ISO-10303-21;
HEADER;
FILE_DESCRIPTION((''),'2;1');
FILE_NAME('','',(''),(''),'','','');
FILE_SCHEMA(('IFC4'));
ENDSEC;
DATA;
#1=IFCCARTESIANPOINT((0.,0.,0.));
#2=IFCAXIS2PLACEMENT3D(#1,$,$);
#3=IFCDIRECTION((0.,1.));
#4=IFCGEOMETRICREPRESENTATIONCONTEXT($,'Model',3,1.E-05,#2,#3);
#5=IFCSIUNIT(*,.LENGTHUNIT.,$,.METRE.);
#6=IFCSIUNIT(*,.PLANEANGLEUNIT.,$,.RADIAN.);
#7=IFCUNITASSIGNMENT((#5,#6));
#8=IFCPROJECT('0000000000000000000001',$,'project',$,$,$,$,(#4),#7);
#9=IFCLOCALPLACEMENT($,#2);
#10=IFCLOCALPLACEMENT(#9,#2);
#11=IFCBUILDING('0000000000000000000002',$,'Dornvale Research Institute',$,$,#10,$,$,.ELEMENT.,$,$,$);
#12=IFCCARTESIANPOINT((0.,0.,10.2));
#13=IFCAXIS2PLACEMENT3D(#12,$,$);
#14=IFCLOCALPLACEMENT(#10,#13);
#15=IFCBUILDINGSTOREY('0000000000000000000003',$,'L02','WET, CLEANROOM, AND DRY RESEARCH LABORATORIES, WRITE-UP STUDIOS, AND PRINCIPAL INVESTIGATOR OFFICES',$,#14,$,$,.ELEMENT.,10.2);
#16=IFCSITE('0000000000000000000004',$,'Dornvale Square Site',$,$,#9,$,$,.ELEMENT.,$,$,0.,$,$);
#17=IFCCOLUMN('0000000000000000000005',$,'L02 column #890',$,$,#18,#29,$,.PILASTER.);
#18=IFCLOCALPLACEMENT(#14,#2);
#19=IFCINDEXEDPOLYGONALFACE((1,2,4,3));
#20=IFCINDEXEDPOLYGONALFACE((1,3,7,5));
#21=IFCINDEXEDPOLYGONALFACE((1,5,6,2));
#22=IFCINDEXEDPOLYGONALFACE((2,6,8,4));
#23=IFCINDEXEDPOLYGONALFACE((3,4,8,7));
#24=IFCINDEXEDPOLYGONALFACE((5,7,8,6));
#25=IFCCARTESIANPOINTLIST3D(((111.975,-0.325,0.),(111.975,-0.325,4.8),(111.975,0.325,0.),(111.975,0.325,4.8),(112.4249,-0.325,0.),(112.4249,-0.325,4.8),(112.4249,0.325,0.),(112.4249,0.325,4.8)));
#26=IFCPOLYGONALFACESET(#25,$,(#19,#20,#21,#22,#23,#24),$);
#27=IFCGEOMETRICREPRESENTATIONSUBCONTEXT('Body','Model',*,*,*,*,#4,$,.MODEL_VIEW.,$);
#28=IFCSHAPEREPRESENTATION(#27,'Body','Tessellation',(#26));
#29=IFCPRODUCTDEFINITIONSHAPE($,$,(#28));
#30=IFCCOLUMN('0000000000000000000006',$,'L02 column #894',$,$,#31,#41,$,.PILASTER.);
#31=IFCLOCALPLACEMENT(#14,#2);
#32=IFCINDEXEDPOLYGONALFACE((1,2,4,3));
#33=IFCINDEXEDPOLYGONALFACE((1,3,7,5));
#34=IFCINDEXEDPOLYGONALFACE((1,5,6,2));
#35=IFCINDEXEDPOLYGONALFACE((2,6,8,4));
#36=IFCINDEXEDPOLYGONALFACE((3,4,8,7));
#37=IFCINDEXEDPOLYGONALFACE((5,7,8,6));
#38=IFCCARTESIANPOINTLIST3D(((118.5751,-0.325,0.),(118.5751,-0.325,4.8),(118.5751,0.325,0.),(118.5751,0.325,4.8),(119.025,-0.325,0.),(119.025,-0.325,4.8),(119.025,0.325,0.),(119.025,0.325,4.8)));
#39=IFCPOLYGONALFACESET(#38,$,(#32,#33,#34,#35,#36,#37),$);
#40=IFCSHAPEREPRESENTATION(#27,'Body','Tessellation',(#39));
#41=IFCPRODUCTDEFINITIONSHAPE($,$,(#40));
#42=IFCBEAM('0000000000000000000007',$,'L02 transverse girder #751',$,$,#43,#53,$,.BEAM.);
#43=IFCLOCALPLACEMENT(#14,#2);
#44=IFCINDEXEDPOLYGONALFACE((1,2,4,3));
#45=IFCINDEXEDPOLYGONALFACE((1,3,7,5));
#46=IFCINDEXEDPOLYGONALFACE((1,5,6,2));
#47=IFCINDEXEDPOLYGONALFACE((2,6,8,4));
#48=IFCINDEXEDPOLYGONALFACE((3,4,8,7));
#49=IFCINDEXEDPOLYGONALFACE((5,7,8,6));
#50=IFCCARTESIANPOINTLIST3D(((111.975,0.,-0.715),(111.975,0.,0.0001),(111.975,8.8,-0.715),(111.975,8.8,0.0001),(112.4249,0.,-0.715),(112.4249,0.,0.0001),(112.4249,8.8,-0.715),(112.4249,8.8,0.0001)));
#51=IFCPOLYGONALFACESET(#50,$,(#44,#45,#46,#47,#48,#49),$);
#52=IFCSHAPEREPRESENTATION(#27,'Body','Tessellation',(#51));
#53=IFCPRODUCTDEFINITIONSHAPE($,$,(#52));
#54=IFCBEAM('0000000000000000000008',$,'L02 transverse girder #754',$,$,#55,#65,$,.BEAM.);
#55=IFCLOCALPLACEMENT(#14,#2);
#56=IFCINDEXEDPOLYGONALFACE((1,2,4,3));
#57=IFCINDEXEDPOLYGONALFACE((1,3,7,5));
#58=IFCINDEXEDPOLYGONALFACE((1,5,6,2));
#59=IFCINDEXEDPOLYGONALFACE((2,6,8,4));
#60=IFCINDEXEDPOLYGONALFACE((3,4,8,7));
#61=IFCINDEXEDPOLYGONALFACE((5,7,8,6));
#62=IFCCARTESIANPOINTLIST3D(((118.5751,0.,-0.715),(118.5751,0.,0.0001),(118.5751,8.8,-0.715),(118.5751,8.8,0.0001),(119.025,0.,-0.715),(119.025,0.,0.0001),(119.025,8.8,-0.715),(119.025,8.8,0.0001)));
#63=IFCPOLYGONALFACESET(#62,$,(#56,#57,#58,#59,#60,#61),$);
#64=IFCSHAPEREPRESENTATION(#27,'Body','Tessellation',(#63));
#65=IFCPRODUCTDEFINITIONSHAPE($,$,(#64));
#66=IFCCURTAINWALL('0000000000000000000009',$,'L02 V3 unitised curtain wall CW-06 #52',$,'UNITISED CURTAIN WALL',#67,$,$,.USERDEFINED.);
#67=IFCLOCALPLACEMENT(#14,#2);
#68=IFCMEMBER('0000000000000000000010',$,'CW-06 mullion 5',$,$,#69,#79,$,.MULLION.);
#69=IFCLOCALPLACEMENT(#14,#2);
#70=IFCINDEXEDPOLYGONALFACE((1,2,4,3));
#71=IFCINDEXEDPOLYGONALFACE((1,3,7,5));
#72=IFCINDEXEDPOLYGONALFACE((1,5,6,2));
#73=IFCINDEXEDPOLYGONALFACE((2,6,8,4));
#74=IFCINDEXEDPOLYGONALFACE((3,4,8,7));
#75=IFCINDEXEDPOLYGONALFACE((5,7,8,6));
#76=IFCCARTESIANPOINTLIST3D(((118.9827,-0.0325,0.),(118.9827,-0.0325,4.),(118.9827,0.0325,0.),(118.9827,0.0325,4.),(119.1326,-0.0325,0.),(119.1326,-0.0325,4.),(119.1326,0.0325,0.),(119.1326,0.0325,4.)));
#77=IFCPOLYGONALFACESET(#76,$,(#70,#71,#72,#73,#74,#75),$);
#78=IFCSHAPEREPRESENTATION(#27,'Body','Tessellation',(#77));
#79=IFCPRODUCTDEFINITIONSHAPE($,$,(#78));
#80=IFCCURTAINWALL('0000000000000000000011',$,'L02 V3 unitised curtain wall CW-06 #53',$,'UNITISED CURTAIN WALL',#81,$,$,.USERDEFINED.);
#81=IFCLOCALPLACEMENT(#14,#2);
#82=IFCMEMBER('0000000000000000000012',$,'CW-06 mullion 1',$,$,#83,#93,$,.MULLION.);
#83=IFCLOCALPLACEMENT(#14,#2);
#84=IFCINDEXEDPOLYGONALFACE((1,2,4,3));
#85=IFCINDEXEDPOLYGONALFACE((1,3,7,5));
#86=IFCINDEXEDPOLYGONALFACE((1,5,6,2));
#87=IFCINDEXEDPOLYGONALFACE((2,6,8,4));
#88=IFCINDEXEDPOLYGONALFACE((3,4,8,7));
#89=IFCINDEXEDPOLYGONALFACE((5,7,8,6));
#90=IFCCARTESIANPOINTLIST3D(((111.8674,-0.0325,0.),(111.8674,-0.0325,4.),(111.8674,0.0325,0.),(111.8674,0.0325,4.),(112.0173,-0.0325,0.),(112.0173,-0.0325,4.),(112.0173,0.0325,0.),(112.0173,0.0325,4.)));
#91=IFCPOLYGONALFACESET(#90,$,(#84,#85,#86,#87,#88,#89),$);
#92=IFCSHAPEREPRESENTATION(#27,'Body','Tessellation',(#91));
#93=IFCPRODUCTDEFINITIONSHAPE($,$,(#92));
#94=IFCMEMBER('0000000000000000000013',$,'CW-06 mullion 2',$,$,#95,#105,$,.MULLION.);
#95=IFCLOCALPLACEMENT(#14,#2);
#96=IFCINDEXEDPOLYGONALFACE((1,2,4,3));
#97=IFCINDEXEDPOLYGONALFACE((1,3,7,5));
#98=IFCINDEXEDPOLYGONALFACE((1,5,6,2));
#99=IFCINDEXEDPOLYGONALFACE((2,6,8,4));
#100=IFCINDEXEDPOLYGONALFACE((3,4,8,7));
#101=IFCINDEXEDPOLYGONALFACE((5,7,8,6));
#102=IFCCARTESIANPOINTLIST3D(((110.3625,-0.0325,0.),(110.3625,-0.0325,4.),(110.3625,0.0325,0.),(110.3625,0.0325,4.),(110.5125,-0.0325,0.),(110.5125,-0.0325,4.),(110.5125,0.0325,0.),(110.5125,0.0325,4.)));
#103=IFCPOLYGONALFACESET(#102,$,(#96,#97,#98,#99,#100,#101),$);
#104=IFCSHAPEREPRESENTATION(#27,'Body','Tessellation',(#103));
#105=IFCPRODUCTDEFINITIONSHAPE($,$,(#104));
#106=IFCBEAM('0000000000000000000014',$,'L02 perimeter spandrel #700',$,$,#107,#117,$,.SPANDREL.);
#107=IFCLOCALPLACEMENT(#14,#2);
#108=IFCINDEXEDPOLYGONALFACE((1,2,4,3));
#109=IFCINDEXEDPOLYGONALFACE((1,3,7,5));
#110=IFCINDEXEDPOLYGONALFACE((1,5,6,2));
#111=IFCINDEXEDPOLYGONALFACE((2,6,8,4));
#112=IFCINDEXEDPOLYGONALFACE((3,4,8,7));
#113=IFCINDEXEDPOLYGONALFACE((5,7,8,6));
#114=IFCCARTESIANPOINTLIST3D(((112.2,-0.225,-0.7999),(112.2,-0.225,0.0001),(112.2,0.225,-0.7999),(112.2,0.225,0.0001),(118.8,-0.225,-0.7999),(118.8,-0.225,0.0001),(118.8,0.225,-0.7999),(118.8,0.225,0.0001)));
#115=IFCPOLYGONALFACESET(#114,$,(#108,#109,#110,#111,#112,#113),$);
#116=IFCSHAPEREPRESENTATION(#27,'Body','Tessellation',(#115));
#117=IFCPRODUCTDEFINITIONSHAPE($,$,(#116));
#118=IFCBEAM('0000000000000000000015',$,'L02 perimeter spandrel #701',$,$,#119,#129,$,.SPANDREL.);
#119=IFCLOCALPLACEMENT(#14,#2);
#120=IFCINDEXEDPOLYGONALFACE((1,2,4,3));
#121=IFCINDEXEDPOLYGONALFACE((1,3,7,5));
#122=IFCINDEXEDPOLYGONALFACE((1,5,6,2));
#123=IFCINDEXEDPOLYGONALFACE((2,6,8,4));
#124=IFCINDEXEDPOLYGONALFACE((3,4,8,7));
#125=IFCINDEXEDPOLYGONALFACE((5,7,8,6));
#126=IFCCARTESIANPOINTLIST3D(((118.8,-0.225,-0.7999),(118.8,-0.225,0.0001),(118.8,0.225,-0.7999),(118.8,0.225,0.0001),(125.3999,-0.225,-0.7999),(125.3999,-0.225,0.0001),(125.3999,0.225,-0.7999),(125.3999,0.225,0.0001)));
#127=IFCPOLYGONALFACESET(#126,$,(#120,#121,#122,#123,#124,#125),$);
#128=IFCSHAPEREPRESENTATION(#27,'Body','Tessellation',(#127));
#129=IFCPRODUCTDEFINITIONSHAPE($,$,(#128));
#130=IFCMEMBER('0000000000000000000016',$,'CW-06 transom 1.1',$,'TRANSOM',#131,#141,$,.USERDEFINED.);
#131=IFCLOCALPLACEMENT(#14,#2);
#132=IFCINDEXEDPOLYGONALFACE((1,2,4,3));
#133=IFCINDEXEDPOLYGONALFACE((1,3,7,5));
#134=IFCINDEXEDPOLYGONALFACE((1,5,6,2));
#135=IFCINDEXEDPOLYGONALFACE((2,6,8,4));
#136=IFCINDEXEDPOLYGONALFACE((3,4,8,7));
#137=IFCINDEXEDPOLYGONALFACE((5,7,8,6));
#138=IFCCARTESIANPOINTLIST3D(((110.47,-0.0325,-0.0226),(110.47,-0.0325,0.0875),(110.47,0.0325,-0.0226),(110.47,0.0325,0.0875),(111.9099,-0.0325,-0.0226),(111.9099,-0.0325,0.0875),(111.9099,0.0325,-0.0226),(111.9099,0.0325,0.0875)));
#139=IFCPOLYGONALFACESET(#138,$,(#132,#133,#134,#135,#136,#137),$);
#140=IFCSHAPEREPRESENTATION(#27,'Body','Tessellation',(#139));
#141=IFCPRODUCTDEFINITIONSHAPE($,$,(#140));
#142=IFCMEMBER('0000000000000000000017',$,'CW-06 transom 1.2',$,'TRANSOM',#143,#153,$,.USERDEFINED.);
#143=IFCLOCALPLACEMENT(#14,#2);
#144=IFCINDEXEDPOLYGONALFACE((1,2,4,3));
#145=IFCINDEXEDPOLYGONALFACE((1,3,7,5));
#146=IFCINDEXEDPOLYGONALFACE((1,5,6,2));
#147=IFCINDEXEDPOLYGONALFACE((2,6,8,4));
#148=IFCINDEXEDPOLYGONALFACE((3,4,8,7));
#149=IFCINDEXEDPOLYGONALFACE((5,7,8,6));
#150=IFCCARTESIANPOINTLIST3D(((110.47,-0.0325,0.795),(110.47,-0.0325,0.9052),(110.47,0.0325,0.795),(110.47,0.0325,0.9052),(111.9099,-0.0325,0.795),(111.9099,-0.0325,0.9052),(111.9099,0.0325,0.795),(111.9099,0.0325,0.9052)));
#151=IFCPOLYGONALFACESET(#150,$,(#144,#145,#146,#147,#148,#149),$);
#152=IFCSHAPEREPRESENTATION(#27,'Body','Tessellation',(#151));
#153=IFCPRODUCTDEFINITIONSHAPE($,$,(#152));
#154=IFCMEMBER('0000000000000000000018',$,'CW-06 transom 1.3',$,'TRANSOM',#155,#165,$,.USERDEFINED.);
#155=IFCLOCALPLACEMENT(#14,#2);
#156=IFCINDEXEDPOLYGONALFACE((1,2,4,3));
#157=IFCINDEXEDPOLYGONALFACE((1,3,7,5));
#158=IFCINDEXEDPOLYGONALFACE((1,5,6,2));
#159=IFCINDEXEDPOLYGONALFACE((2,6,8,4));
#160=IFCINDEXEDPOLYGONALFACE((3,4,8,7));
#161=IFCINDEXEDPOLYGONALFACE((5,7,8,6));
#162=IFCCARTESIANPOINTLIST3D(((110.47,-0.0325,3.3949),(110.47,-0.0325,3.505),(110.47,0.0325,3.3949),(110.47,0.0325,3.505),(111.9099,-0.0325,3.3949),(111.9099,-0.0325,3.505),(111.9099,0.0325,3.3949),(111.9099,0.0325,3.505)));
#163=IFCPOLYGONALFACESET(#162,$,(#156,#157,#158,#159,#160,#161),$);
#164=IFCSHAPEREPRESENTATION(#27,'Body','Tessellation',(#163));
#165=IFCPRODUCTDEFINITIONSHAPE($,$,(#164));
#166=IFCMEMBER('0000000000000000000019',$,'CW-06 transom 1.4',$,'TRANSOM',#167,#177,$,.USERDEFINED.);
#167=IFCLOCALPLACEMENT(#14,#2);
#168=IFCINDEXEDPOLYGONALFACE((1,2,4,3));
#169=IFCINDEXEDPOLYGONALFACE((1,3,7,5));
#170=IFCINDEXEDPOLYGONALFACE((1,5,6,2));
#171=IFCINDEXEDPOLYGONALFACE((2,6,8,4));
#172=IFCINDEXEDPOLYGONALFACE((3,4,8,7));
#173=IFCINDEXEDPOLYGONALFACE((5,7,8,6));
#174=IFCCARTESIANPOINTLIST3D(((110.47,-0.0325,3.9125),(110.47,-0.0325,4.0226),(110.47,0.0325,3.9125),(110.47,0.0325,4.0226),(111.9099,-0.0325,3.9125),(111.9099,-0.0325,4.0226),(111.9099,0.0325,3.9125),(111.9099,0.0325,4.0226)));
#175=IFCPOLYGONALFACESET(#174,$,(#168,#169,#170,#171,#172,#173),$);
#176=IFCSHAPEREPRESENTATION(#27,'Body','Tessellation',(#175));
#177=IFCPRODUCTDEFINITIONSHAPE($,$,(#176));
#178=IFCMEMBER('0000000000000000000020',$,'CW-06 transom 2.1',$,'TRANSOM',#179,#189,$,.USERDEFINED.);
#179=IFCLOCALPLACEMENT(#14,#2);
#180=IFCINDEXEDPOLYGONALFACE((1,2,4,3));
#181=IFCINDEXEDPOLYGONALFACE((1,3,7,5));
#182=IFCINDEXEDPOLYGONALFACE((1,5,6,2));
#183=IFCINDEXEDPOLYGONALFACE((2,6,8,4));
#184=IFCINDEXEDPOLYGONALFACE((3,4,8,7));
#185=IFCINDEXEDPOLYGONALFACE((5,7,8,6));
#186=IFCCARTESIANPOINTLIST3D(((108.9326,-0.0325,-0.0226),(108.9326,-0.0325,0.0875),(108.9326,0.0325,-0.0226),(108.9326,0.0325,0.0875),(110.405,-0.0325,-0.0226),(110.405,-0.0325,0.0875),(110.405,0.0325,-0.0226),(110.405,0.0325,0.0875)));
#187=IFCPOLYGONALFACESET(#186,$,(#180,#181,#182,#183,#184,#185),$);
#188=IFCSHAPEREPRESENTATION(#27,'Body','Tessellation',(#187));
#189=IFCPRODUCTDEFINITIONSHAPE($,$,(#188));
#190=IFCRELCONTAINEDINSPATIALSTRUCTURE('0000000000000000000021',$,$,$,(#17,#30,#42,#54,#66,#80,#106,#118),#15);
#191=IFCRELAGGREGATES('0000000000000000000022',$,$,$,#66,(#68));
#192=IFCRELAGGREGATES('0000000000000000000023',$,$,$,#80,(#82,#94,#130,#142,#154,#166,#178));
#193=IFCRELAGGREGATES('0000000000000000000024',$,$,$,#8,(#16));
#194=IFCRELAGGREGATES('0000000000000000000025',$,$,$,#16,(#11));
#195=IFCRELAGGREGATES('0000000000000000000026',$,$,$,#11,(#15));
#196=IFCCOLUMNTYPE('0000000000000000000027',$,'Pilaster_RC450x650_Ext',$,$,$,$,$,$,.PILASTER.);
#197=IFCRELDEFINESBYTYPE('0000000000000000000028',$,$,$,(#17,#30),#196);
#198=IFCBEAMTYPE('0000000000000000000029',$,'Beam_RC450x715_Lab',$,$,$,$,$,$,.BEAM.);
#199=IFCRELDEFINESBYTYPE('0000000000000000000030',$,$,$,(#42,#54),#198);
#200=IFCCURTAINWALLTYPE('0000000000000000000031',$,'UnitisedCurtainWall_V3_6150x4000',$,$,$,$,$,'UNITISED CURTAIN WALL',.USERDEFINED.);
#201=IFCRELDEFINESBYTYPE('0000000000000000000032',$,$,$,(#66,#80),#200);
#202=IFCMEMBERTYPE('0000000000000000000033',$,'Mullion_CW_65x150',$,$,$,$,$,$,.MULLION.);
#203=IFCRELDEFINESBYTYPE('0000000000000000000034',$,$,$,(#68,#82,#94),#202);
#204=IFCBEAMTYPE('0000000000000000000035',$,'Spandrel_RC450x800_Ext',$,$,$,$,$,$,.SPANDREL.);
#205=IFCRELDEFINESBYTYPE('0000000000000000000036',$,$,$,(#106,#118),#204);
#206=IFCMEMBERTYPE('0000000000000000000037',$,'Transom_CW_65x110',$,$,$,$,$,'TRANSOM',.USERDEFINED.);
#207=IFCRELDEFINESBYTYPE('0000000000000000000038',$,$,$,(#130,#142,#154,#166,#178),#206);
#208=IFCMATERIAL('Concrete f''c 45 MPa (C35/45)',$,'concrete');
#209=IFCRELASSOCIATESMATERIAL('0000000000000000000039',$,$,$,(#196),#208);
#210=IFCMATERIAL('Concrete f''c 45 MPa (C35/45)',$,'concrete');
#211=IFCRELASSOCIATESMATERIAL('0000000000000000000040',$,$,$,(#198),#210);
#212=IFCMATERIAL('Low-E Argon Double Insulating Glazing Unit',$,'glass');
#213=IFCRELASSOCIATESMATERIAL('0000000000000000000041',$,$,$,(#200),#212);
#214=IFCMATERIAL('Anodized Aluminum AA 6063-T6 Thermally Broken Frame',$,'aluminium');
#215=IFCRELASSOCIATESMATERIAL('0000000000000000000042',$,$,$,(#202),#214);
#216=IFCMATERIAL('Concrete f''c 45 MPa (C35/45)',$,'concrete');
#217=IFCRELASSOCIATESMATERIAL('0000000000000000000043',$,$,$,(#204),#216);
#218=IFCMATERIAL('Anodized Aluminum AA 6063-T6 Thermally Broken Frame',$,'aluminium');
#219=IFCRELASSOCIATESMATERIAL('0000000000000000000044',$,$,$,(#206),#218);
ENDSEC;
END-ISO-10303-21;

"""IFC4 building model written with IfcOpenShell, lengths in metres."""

from ifc_helpers import new_model, si_unit, direction, frame, origin, origin_2d, place, context, subcontext, project, spatial, rectangle, extrude, material, material_profile, profile_set, type_object, element, aggregate, save


model = new_model("IFC4")

# Units and contexts
model_context = context("Model", 3, precision=1e-05, world=origin(), true_north=direction((0.0, 1.0)))
body_context = subcontext(model_context, "Body", "Model", "MODEL_VIEW")
ifc_project = project(units=[si_unit("LENGTHUNIT", "METRE"), si_unit("PLANEANGLEUNIT", "RADIAN")], contexts=[model_context])

# Site, building, storey
site_placement = place(None, origin())
site = spatial("IfcSite", under=ifc_project, at=site_placement, Name="Dornvale Square Site", CompositionType="ELEMENT", RefElevation=0.0)
building_placement = place(site_placement, origin())
building = spatial("IfcBuilding", under=site, at=building_placement, Name="Dornvale Research Institute", CompositionType="ELEMENT")
storey_placement = place(building_placement, frame((0.0, 0.0, 10.2)))
storey = spatial("IfcBuildingStorey", under=building, at=storey_placement, Name="L02", Description="WET, CLEANROOM, AND DRY RESEARCH LABORATORIES, WRITE-UP STUDIOS, AND PRINCIPAL INVESTIGATOR OFFICES", CompositionType="ELEMENT", Elevation=10.2)

# Columns
ifc_material_1 = material(Name="Concrete f'c 45 MPa (C35/45)", Category="concrete")
ifc_material_profile_1 = material_profile(ifc_material_1, rectangle(XDim=0.45, YDim=0.6499, at=origin_2d()), Name="RC 450x650")
ifc_profile_set_1 = profile_set([ifc_material_profile_1], Name="Concrete f'c 45 MPa (C35/45)")
column_type = type_object("IfcColumnType", Name="Pilaster_RC450x650_Ext", PredefinedType="PILASTER", material=ifc_profile_set_1)
for number, where, z_axis, x_axis, name in (
    (1, (112.2, 0.0, 0.0), (0.0, 0.0, 1.0), (1.0, 0.0, 0.0), "L02 column #890"),
    (2, (118.8, 0.0, 0.0), (0.0, 0.0, 1.0), (1.0, 0.0, 0.0), "L02 column #894"),
):
    element("IfcColumn", number, at=place(storey_placement, frame(where, z_axis=z_axis, x_axis=x_axis)), inside=storey, type_object=column_type, Name=name, PredefinedType="PILASTER", context=body_context, shape_type="SweptSolid", body=[
        extrude(rectangle(XDim=0.45, YDim=0.6499, at=origin_2d()), origin(), (0.0, 0.0, 1.0), 4.8),
    ])

# Beams
ifc_material_2 = material(Name="Concrete f'c 45 MPa (C35/45)", Category="concrete")
ifc_material_profile_2 = material_profile(ifc_material_2, rectangle(XDim=0.45, YDim=0.7151, at=origin_2d()), Name="RC 450x715")
ifc_profile_set_2 = profile_set([ifc_material_profile_2], Name="Concrete f'c 45 MPa (C35/45)")
beam_type_1 = type_object("IfcBeamType", Name="Beam_RC450x715_Lab", PredefinedType="BEAM", material=ifc_profile_set_2)
for number, where, z_axis, x_axis, name in (
    (3, (112.2, 0.0, -0.3574), (0.0, 1.0, 0.0), (-1.0, 0.0, 0.0), "L02 transverse girder #751"),
    (4, (118.8, 0.0, -0.3574), (0.0, 1.0, 0.0), (-1.0, 0.0, 0.0), "L02 transverse girder #754"),
):
    element("IfcBeam", number, at=place(storey_placement, frame(where, z_axis=z_axis, x_axis=x_axis)), inside=storey, type_object=beam_type_1, Name=name, PredefinedType="BEAM", context=body_context, shape_type="SweptSolid", body=[
        extrude(rectangle(XDim=0.45, YDim=0.7151, at=origin_2d()), origin(), (0.0, 0.0, 1.0), 8.8),
    ])

# Curtain wall, member
ifc_material_3 = material(Name="Low-E Argon Double Insulating Glazing Unit", Category="glass")
curtain_wall_type = type_object("IfcCurtainWallType", Name="UnitisedCurtainWall_V3_6150x4000", ElementType="UNITISED CURTAIN WALL", PredefinedType="USERDEFINED", material=ifc_material_3)
curtain_wall_1_placement = place(storey_placement, origin())
curtain_wall_1 = element("IfcCurtainWall", 5, at=curtain_wall_1_placement, inside=storey, type_object=curtain_wall_type, Name="L02 V3 unitised curtain wall CW-06 #52", ObjectType="UNITISED CURTAIN WALL", PredefinedType="USERDEFINED")
ifc_material_4 = material(Name="Anodized Aluminum AA 6063-T6 Thermally Broken Frame", Category="aluminium")
ifc_material_profile_3 = material_profile(ifc_material_4, rectangle(XDim=0.0649, YDim=0.1499, at=origin_2d()), Name="ALU MULLION 65x150")
ifc_profile_set_3 = profile_set([ifc_material_profile_3], Name="Anodized Aluminum AA 6063-T6 Thermally Broken Frame")
member_type_1 = type_object("IfcMemberType", Name="Mullion_CW_65x150", PredefinedType="MULLION", material=ifc_profile_set_3)
member_1_placement = place(storey_placement, frame((119.0576, 0.0, 0.0), z_axis=(0.0, 0.0, 1.0), x_axis=(0.0, -1.0, 0.0)))
member_1 = element("IfcMember", 6, at=member_1_placement, type_object=member_type_1, Name="CW-06 mullion 5", PredefinedType="MULLION", context=body_context, shape_type="SweptSolid", body=[
    extrude(rectangle(XDim=0.0649, YDim=0.1499, at=origin_2d()), origin(), (0.0, 0.0, 1.0), 4.0),
])

# Curtain wall, members
curtain_wall_2_placement = place(storey_placement, origin())
curtain_wall_2 = element("IfcCurtainWall", 7, at=curtain_wall_2_placement, inside=storey, type_object=curtain_wall_type, Name="L02 V3 unitised curtain wall CW-06 #53", ObjectType="UNITISED CURTAIN WALL", PredefinedType="USERDEFINED")
member_2_placement = place(storey_placement, frame((111.9424, 0.0, 0.0), z_axis=(0.0, 0.0, 1.0), x_axis=(0.0, -1.0, 0.0)))
member_2 = element("IfcMember", 8, at=member_2_placement, type_object=member_type_1, Name="CW-06 mullion 1", PredefinedType="MULLION", context=body_context, shape_type="SweptSolid", body=[
    extrude(rectangle(XDim=0.0649, YDim=0.1499, at=origin_2d()), origin(), (0.0, 0.0, 1.0), 4.0),
])
member_3_placement = place(storey_placement, frame((110.4375, 0.0, 0.0), z_axis=(0.0, 0.0, 1.0), x_axis=(0.0, -1.0, 0.0)))
member_3 = element("IfcMember", 9, at=member_3_placement, type_object=member_type_1, Name="CW-06 mullion 2", PredefinedType="MULLION", context=body_context, shape_type="SweptSolid", body=[
    extrude(rectangle(XDim=0.0649, YDim=0.1499, at=origin_2d()), origin(), (0.0, 0.0, 1.0), 4.0),
])

# Beams
ifc_material_5 = material(Name="Concrete f'c 45 MPa (C35/45)", Category="concrete")
ifc_material_profile_4 = material_profile(ifc_material_5, rectangle(XDim=0.45, YDim=0.8, at=origin_2d()), Name="RC 450x800")
ifc_profile_set_4 = profile_set([ifc_material_profile_4], Name="Concrete f'c 45 MPa (C35/45)")
beam_type_2 = type_object("IfcBeamType", Name="Spandrel_RC450x800_Ext", PredefinedType="SPANDREL", material=ifc_profile_set_4)
beam_1_placement = place(storey_placement, frame((112.2, 0.0, -0.3999), z_axis=(1.0, 0.0, 0.0), x_axis=(0.0, 1.0, 0.0)))
element("IfcBeam", 10, at=beam_1_placement, inside=storey, type_object=beam_type_2, Name="L02 perimeter spandrel #700", PredefinedType="SPANDREL", context=body_context, shape_type="SweptSolid", body=[
    extrude(rectangle(XDim=0.45, YDim=0.8, at=origin_2d()), origin(), (0.0, 0.0, 1.0), 6.6001),
])
beam_2_placement = place(storey_placement, frame((118.8, 0.0, -0.3999), z_axis=(1.0, 0.0, 0.0), x_axis=(0.0, 1.0, 0.0)))
element("IfcBeam", 11, at=beam_2_placement, inside=storey, type_object=beam_type_2, Name="L02 perimeter spandrel #701", PredefinedType="SPANDREL", context=body_context, shape_type="SweptSolid", body=[
    extrude(rectangle(XDim=0.45, YDim=0.8, at=origin_2d()), origin(), (0.0, 0.0, 1.0), 6.5999),
])

# Members
ifc_material_6 = material(Name="Anodized Aluminum AA 6063-T6 Thermally Broken Frame", Category="aluminium")
ifc_material_profile_5 = material_profile(ifc_material_6, rectangle(XDim=0.0649, YDim=0.1101, at=origin_2d()), Name="ALU TRANSOM 65x110")
ifc_profile_set_5 = profile_set([ifc_material_profile_5], Name="Anodized Aluminum AA 6063-T6 Thermally Broken Frame")
member_type_2 = type_object("IfcMemberType", Name="Transom_CW_65x110", ElementType="TRANSOM", PredefinedType="USERDEFINED", material=ifc_profile_set_5)
member_4_placement = place(storey_placement, frame((111.9099, 0.0, 0.0325), z_axis=(-1.0, 0.0, 0.0), x_axis=(0.0, -1.0, 0.0)))
member_4 = element("IfcMember", 12, at=member_4_placement, type_object=member_type_2, Name="CW-06 transom 1.1", ObjectType="TRANSOM", PredefinedType="USERDEFINED", context=body_context, shape_type="SweptSolid", body=[
    extrude(rectangle(XDim=0.0649, YDim=0.1101, at=origin_2d()), origin(), (0.0, 0.0, 1.0), 1.4399),
])
member_5_placement = place(storey_placement, frame((111.9099, 0.0, 0.8501), z_axis=(-1.0, 0.0, 0.0), x_axis=(0.0, -1.0, 0.0)))
member_5 = element("IfcMember", 13, at=member_5_placement, type_object=member_type_2, Name="CW-06 transom 1.2", ObjectType="TRANSOM", PredefinedType="USERDEFINED", context=body_context, shape_type="SweptSolid", body=[
    extrude(rectangle(XDim=0.0649, YDim=0.1101, at=origin_2d()), origin(), (0.0, 0.0, 1.0), 1.4399),
])
member_6_placement = place(storey_placement, frame((111.9099, 0.0, 3.45), z_axis=(-1.0, 0.0, 0.0), x_axis=(0.0, -1.0, 0.0)))
member_6 = element("IfcMember", 14, at=member_6_placement, type_object=member_type_2, Name="CW-06 transom 1.3", ObjectType="TRANSOM", PredefinedType="USERDEFINED", context=body_context, shape_type="SweptSolid", body=[
    extrude(rectangle(XDim=0.0649, YDim=0.1101, at=origin_2d()), origin(), (0.0, 0.0, 1.0), 1.4399),
])
member_7_placement = place(storey_placement, frame((111.9099, 0.0, 3.9675), z_axis=(-1.0, 0.0, 0.0), x_axis=(0.0, -1.0, 0.0)))
member_7 = element("IfcMember", 15, at=member_7_placement, type_object=member_type_2, Name="CW-06 transom 1.4", ObjectType="TRANSOM", PredefinedType="USERDEFINED", context=body_context, shape_type="SweptSolid", body=[
    extrude(rectangle(XDim=0.0649, YDim=0.1101, at=origin_2d()), origin(), (0.0, 0.0, 1.0), 1.4399),
])
member_8_placement = place(storey_placement, frame((110.405, 0.0, 0.0325), z_axis=(-1.0, 0.0, 0.0), x_axis=(0.0, -1.0, 0.0)))
member_8 = element("IfcMember", 16, at=member_8_placement, type_object=member_type_2, Name="CW-06 transom 2.1", ObjectType="TRANSOM", PredefinedType="USERDEFINED", context=body_context, shape_type="SweptSolid", body=[
    extrude(rectangle(XDim=0.0649, YDim=0.1101, at=origin_2d()), origin(), (0.0, 0.0, 1.0), 1.4724),
])

aggregate(curtain_wall_1, [member_1])
aggregate(curtain_wall_2, [member_2, member_3, member_4, member_5, member_6, member_7, member_8])

save(model, "model.ifc")
